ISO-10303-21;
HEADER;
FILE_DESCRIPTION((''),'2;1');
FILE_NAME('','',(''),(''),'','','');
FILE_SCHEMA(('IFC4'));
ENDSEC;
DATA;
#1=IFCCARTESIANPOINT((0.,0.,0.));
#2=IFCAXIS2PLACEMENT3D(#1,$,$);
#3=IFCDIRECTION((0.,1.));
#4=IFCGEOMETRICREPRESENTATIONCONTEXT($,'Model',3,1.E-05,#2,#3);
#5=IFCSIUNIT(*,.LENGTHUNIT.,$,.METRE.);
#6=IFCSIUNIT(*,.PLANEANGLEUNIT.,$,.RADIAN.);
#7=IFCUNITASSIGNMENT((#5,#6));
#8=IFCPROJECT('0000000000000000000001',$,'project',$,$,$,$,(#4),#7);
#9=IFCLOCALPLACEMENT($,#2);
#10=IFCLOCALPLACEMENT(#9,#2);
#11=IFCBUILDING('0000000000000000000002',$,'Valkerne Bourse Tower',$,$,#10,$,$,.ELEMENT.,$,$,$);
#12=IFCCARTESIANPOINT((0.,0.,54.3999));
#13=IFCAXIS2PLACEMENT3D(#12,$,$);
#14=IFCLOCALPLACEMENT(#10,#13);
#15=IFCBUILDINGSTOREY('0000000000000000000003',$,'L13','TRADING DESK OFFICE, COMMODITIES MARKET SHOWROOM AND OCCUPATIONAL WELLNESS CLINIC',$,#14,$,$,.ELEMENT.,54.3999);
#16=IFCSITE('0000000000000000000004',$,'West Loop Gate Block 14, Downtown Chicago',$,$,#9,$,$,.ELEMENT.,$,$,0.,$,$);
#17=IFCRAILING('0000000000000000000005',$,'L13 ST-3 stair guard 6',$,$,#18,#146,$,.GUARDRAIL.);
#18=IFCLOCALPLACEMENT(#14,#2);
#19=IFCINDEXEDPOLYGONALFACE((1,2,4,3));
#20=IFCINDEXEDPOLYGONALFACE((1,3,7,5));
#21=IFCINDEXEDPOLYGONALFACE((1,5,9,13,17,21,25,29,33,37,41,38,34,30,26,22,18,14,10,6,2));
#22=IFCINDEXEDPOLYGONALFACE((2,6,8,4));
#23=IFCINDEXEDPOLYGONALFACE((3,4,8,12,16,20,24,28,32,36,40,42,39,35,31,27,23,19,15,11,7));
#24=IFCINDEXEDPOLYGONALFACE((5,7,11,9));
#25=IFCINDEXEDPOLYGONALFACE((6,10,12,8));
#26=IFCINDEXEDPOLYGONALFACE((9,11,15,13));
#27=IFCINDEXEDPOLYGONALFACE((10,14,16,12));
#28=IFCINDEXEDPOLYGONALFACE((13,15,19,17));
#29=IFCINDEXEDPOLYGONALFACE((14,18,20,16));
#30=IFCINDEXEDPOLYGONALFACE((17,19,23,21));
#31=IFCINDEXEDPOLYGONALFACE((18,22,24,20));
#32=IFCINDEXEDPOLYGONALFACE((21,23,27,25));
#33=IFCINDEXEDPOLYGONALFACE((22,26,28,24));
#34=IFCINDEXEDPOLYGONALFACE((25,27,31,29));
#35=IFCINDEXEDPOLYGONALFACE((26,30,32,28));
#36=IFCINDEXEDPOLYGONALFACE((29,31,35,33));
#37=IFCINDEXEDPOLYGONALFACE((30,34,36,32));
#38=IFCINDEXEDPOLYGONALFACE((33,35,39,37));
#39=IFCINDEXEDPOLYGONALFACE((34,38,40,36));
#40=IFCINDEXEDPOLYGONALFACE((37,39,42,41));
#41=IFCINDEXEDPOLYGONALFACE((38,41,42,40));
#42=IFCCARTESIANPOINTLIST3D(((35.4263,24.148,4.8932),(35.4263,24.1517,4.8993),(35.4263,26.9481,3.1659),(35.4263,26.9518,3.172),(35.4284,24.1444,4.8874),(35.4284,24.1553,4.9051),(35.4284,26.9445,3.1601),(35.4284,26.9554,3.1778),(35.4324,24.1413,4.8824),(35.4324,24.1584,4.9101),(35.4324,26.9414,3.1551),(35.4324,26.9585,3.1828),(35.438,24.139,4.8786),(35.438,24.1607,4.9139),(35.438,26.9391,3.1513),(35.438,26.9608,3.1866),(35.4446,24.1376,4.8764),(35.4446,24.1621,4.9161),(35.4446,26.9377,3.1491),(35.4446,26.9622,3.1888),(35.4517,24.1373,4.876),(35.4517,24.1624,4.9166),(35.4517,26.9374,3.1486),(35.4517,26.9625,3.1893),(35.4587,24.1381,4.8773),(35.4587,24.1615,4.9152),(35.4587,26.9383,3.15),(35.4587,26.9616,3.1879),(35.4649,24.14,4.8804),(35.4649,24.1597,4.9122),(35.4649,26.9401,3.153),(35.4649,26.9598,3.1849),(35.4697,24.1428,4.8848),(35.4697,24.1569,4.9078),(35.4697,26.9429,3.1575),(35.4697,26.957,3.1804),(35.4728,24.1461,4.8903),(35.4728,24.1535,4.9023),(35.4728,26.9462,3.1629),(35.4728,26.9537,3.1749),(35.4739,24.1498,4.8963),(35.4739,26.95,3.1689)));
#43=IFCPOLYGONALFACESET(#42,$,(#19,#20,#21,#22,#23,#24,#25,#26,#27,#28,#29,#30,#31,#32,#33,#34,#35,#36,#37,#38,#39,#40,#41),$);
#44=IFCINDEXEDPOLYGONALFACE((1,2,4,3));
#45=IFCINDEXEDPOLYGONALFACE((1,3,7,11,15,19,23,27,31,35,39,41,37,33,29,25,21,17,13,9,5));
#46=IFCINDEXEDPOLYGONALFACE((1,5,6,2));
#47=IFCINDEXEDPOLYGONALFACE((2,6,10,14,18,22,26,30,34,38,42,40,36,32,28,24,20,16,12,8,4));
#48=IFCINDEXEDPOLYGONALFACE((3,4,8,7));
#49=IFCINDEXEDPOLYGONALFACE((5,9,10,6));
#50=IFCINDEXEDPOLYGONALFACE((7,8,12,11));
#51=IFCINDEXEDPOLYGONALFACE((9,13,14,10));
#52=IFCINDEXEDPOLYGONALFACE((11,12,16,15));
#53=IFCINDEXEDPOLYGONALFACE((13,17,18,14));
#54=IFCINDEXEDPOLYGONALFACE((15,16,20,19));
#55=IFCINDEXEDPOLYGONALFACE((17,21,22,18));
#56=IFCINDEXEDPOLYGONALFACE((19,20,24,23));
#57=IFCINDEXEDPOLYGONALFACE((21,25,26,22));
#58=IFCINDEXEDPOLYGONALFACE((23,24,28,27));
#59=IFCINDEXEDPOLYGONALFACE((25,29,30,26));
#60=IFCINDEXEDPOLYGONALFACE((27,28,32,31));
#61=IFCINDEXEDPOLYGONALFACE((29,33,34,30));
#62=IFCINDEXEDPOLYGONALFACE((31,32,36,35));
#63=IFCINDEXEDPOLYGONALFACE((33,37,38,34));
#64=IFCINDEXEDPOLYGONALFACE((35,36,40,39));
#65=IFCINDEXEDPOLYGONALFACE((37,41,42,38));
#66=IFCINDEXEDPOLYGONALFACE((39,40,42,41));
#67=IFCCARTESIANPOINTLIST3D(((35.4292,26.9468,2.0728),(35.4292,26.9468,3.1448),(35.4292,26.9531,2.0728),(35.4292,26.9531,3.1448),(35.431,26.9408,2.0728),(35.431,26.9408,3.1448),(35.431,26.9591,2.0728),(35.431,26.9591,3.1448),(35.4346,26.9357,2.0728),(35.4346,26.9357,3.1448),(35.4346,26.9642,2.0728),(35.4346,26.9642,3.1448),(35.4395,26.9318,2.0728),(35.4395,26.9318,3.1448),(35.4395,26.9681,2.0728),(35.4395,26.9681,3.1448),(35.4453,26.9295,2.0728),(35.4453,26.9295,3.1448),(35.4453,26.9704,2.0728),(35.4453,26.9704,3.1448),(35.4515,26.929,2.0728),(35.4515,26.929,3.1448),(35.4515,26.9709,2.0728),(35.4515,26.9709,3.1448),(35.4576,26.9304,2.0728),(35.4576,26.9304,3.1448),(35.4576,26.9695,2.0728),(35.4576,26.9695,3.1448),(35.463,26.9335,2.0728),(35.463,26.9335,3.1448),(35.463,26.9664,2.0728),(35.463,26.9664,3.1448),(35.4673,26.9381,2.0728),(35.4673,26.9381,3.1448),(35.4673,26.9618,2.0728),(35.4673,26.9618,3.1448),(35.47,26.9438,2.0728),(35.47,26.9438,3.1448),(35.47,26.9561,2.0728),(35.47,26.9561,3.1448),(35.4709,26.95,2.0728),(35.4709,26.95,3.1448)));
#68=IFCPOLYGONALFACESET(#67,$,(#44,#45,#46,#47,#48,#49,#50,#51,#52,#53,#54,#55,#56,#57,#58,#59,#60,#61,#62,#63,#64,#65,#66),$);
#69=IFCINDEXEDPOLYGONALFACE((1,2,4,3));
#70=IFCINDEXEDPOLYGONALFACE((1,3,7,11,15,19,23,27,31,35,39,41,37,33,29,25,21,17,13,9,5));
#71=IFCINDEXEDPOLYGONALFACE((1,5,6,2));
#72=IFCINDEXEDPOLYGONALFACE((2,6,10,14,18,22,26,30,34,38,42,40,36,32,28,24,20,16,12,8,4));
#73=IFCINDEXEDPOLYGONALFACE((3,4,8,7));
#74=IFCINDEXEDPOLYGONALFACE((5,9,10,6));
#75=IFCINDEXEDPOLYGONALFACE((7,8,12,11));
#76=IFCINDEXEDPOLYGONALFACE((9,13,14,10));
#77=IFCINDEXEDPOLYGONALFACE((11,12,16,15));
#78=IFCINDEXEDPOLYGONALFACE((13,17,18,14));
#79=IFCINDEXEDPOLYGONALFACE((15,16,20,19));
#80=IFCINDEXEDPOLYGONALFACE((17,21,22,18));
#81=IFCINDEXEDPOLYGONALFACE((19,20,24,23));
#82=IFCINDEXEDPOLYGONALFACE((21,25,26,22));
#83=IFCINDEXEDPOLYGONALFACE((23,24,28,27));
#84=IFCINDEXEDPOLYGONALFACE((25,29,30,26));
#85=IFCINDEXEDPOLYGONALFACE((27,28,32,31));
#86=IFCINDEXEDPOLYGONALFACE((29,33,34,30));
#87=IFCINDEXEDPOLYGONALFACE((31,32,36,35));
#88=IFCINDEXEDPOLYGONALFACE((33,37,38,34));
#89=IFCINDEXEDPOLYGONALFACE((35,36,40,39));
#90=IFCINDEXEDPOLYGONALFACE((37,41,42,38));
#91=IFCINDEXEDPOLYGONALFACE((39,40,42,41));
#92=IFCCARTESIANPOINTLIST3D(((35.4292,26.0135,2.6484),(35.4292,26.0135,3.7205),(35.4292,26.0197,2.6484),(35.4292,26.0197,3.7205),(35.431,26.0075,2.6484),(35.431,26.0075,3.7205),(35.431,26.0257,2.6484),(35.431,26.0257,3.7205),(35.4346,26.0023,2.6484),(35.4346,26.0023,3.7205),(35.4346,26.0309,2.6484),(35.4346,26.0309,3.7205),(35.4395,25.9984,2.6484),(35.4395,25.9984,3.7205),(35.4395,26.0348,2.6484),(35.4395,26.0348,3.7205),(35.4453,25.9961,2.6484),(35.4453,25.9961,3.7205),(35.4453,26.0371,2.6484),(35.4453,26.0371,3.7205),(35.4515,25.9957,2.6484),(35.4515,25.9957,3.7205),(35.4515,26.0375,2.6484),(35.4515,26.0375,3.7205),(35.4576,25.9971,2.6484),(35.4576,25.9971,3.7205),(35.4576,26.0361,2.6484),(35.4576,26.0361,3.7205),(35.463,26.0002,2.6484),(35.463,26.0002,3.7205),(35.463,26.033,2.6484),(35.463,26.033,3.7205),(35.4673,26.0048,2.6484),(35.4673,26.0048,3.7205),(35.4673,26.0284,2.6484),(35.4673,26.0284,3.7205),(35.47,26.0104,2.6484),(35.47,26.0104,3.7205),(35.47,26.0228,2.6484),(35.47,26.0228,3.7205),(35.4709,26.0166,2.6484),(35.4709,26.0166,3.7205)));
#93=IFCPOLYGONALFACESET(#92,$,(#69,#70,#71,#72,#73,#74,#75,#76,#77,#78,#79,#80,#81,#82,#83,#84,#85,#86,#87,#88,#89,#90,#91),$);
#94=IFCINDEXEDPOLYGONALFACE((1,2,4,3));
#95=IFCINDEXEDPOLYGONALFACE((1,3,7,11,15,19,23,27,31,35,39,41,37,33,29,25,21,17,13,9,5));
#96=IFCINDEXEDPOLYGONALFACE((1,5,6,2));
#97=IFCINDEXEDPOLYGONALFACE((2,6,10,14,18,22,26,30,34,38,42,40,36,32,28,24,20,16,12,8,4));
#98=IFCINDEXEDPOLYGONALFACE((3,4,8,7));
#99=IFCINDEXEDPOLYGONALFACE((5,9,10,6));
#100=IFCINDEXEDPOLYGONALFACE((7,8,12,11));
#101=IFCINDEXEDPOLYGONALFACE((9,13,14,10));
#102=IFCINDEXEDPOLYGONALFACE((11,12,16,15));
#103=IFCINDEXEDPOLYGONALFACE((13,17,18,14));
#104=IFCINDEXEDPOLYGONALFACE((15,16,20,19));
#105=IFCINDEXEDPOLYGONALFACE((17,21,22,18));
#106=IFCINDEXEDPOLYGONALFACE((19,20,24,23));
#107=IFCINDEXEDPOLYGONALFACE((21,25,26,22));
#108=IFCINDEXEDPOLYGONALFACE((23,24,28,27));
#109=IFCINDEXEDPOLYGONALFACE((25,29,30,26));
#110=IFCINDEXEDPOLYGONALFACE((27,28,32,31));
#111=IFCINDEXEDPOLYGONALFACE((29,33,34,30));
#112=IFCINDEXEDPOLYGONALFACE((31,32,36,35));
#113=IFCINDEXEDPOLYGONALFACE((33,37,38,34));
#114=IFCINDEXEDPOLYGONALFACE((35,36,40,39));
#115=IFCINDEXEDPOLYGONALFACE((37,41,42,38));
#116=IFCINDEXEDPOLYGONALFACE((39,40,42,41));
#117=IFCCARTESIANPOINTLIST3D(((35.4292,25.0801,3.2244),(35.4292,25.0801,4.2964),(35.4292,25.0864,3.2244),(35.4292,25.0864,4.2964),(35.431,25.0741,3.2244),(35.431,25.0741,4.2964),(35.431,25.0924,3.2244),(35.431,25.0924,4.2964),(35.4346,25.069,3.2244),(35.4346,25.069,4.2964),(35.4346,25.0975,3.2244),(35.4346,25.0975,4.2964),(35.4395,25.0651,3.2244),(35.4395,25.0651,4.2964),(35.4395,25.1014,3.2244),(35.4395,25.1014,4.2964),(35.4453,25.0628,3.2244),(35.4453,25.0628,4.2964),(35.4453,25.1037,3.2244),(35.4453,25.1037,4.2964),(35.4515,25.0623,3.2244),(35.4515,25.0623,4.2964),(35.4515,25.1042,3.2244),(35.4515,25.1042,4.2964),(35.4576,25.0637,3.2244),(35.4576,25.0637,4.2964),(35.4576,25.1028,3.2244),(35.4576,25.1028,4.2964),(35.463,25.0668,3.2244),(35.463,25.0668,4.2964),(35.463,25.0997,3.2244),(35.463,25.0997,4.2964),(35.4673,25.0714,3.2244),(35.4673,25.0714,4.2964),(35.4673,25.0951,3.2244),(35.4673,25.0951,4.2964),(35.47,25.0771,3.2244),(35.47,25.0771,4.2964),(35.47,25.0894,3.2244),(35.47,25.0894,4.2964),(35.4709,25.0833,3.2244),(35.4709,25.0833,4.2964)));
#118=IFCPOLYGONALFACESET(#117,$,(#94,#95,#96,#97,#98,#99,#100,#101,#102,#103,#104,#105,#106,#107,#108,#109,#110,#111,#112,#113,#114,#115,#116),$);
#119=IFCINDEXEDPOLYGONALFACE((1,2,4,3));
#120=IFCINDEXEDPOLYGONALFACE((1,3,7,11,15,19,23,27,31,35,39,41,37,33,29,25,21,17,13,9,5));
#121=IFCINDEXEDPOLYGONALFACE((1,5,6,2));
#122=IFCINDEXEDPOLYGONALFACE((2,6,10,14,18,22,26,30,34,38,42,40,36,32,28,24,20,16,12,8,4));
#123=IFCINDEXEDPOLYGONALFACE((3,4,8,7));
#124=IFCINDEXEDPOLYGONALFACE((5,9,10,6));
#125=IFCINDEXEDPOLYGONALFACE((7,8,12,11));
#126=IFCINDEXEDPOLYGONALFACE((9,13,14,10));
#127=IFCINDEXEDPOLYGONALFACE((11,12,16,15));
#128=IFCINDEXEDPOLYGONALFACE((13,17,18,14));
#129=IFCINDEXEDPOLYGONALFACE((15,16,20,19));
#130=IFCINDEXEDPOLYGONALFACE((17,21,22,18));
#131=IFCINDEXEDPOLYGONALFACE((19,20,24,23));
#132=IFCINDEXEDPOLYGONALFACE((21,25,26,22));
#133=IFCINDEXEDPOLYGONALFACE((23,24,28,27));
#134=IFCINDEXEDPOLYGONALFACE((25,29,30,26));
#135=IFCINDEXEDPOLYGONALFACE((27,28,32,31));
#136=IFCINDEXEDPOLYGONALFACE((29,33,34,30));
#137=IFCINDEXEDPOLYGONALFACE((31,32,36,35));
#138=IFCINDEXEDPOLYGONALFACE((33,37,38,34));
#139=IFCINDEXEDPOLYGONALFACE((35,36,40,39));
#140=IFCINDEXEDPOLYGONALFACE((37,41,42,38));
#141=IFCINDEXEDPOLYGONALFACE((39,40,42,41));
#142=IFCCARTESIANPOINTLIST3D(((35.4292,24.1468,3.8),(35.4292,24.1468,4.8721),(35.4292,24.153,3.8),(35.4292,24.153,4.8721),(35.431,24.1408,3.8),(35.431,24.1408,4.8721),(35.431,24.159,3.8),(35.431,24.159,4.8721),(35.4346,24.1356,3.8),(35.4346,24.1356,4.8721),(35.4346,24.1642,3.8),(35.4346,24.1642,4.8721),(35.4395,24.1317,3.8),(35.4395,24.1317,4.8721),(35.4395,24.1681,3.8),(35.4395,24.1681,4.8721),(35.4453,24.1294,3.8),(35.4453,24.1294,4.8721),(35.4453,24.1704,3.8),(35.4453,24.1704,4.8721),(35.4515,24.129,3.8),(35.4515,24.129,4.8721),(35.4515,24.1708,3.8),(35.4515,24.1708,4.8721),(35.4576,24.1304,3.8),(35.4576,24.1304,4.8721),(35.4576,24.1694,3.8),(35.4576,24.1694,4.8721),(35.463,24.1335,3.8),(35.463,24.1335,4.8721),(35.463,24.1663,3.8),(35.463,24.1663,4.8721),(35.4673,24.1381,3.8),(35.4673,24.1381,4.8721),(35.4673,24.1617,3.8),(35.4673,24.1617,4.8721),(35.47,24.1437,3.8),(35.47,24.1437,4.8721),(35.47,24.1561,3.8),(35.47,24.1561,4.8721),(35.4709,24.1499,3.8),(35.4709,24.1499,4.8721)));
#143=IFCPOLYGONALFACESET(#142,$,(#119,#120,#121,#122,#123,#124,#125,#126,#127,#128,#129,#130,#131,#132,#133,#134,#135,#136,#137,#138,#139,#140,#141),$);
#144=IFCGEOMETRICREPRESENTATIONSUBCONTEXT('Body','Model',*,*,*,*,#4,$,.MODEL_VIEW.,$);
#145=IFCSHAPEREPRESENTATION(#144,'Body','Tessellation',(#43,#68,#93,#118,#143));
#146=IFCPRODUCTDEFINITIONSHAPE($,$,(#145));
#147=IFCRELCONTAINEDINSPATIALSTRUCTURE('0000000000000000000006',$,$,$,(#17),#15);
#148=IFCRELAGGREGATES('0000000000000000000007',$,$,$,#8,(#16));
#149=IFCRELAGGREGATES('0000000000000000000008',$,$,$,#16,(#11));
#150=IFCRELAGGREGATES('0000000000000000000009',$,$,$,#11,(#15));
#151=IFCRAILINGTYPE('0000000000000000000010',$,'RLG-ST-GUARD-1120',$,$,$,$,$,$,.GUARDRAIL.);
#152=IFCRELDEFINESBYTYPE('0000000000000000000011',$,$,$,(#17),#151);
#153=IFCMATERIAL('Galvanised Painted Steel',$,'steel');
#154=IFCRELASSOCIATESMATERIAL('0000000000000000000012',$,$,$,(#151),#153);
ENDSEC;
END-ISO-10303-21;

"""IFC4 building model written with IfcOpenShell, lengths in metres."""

from ifc_helpers import new_model, si_unit, direction, frame, origin, origin_2d, place, context, subcontext, project, spatial, circle, extrude, material, type_object, element, save


model = new_model("IFC4")

# Units and contexts
model_context = context("Model", 3, precision=1e-05, world=origin(), true_north=direction((0.0, 1.0)))
body_context = subcontext(model_context, "Body", "Model", "MODEL_VIEW")
ifc_project = project(units=[si_unit("LENGTHUNIT", "METRE"), si_unit("PLANEANGLEUNIT", "RADIAN")], contexts=[model_context])

# Site, building, storey
site_placement = place(None, origin())
site = spatial("IfcSite", under=ifc_project, at=site_placement, Name="West Loop Gate Block 14, Downtown Chicago", CompositionType="ELEMENT", RefElevation=0.0)
building_placement = place(site_placement, origin())
building = spatial("IfcBuilding", under=site, at=building_placement, Name="Valkerne Bourse Tower", CompositionType="ELEMENT")
storey_placement = place(building_placement, frame((0.0, 0.0, 54.3999)))
storey = spatial("IfcBuildingStorey", under=building, at=storey_placement, Name="L13", Description="TRADING DESK OFFICE, COMMODITIES MARKET SHOWROOM AND OCCUPATIONAL WELLNESS CLINIC", CompositionType="ELEMENT", Elevation=54.3999)

# Shared definitions
ifc_material_1 = material(Name="Galvanised Painted Steel", Category="steel")

# Railing
railing_type_1 = type_object("IfcRailingType", Name="RLG-ST-GUARD-1120", PredefinedType="GUARDRAIL", material=ifc_material_1)
railing_1_placement = place(storey_placement, frame((35.45, 26.95, 2.0728)))
element("IfcRailing", 1, at=railing_1_placement, inside=storey, type_object=railing_type_1, Name="L13 ST-3 stair guard 6", PredefinedType="GUARDRAIL", context=body_context, shape_type="SweptSolid", body=[
    extrude(circle(Radius=0.0239, at=origin_2d()), frame((0.0, 0.0, 1.0962), z_axis=(0.0, -0.85109, 0.52502), x_axis=(1.0, 0.0, 0.0)), (0.0, 0.0, 1.0), 3.29),
    extrude(circle(Radius=0.021, at=origin_2d()), origin(), (0.0, 0.0, 1.0), 1.072),
    extrude(circle(Radius=0.021, at=origin_2d()), frame((0.0, -0.9333, 0.5757)), (0.0, 0.0, 1.0), 1.072),
    extrude(circle(Radius=0.021, at=origin_2d()), frame((0.0, -1.8667, 1.1516)), (0.0, 0.0, 1.0), 1.072),
    extrude(circle(Radius=0.021, at=origin_2d()), frame((0.0, -2.8, 1.7273)), (0.0, 0.0, 1.0), 1.072),
])

save(model, "model.ifc")
